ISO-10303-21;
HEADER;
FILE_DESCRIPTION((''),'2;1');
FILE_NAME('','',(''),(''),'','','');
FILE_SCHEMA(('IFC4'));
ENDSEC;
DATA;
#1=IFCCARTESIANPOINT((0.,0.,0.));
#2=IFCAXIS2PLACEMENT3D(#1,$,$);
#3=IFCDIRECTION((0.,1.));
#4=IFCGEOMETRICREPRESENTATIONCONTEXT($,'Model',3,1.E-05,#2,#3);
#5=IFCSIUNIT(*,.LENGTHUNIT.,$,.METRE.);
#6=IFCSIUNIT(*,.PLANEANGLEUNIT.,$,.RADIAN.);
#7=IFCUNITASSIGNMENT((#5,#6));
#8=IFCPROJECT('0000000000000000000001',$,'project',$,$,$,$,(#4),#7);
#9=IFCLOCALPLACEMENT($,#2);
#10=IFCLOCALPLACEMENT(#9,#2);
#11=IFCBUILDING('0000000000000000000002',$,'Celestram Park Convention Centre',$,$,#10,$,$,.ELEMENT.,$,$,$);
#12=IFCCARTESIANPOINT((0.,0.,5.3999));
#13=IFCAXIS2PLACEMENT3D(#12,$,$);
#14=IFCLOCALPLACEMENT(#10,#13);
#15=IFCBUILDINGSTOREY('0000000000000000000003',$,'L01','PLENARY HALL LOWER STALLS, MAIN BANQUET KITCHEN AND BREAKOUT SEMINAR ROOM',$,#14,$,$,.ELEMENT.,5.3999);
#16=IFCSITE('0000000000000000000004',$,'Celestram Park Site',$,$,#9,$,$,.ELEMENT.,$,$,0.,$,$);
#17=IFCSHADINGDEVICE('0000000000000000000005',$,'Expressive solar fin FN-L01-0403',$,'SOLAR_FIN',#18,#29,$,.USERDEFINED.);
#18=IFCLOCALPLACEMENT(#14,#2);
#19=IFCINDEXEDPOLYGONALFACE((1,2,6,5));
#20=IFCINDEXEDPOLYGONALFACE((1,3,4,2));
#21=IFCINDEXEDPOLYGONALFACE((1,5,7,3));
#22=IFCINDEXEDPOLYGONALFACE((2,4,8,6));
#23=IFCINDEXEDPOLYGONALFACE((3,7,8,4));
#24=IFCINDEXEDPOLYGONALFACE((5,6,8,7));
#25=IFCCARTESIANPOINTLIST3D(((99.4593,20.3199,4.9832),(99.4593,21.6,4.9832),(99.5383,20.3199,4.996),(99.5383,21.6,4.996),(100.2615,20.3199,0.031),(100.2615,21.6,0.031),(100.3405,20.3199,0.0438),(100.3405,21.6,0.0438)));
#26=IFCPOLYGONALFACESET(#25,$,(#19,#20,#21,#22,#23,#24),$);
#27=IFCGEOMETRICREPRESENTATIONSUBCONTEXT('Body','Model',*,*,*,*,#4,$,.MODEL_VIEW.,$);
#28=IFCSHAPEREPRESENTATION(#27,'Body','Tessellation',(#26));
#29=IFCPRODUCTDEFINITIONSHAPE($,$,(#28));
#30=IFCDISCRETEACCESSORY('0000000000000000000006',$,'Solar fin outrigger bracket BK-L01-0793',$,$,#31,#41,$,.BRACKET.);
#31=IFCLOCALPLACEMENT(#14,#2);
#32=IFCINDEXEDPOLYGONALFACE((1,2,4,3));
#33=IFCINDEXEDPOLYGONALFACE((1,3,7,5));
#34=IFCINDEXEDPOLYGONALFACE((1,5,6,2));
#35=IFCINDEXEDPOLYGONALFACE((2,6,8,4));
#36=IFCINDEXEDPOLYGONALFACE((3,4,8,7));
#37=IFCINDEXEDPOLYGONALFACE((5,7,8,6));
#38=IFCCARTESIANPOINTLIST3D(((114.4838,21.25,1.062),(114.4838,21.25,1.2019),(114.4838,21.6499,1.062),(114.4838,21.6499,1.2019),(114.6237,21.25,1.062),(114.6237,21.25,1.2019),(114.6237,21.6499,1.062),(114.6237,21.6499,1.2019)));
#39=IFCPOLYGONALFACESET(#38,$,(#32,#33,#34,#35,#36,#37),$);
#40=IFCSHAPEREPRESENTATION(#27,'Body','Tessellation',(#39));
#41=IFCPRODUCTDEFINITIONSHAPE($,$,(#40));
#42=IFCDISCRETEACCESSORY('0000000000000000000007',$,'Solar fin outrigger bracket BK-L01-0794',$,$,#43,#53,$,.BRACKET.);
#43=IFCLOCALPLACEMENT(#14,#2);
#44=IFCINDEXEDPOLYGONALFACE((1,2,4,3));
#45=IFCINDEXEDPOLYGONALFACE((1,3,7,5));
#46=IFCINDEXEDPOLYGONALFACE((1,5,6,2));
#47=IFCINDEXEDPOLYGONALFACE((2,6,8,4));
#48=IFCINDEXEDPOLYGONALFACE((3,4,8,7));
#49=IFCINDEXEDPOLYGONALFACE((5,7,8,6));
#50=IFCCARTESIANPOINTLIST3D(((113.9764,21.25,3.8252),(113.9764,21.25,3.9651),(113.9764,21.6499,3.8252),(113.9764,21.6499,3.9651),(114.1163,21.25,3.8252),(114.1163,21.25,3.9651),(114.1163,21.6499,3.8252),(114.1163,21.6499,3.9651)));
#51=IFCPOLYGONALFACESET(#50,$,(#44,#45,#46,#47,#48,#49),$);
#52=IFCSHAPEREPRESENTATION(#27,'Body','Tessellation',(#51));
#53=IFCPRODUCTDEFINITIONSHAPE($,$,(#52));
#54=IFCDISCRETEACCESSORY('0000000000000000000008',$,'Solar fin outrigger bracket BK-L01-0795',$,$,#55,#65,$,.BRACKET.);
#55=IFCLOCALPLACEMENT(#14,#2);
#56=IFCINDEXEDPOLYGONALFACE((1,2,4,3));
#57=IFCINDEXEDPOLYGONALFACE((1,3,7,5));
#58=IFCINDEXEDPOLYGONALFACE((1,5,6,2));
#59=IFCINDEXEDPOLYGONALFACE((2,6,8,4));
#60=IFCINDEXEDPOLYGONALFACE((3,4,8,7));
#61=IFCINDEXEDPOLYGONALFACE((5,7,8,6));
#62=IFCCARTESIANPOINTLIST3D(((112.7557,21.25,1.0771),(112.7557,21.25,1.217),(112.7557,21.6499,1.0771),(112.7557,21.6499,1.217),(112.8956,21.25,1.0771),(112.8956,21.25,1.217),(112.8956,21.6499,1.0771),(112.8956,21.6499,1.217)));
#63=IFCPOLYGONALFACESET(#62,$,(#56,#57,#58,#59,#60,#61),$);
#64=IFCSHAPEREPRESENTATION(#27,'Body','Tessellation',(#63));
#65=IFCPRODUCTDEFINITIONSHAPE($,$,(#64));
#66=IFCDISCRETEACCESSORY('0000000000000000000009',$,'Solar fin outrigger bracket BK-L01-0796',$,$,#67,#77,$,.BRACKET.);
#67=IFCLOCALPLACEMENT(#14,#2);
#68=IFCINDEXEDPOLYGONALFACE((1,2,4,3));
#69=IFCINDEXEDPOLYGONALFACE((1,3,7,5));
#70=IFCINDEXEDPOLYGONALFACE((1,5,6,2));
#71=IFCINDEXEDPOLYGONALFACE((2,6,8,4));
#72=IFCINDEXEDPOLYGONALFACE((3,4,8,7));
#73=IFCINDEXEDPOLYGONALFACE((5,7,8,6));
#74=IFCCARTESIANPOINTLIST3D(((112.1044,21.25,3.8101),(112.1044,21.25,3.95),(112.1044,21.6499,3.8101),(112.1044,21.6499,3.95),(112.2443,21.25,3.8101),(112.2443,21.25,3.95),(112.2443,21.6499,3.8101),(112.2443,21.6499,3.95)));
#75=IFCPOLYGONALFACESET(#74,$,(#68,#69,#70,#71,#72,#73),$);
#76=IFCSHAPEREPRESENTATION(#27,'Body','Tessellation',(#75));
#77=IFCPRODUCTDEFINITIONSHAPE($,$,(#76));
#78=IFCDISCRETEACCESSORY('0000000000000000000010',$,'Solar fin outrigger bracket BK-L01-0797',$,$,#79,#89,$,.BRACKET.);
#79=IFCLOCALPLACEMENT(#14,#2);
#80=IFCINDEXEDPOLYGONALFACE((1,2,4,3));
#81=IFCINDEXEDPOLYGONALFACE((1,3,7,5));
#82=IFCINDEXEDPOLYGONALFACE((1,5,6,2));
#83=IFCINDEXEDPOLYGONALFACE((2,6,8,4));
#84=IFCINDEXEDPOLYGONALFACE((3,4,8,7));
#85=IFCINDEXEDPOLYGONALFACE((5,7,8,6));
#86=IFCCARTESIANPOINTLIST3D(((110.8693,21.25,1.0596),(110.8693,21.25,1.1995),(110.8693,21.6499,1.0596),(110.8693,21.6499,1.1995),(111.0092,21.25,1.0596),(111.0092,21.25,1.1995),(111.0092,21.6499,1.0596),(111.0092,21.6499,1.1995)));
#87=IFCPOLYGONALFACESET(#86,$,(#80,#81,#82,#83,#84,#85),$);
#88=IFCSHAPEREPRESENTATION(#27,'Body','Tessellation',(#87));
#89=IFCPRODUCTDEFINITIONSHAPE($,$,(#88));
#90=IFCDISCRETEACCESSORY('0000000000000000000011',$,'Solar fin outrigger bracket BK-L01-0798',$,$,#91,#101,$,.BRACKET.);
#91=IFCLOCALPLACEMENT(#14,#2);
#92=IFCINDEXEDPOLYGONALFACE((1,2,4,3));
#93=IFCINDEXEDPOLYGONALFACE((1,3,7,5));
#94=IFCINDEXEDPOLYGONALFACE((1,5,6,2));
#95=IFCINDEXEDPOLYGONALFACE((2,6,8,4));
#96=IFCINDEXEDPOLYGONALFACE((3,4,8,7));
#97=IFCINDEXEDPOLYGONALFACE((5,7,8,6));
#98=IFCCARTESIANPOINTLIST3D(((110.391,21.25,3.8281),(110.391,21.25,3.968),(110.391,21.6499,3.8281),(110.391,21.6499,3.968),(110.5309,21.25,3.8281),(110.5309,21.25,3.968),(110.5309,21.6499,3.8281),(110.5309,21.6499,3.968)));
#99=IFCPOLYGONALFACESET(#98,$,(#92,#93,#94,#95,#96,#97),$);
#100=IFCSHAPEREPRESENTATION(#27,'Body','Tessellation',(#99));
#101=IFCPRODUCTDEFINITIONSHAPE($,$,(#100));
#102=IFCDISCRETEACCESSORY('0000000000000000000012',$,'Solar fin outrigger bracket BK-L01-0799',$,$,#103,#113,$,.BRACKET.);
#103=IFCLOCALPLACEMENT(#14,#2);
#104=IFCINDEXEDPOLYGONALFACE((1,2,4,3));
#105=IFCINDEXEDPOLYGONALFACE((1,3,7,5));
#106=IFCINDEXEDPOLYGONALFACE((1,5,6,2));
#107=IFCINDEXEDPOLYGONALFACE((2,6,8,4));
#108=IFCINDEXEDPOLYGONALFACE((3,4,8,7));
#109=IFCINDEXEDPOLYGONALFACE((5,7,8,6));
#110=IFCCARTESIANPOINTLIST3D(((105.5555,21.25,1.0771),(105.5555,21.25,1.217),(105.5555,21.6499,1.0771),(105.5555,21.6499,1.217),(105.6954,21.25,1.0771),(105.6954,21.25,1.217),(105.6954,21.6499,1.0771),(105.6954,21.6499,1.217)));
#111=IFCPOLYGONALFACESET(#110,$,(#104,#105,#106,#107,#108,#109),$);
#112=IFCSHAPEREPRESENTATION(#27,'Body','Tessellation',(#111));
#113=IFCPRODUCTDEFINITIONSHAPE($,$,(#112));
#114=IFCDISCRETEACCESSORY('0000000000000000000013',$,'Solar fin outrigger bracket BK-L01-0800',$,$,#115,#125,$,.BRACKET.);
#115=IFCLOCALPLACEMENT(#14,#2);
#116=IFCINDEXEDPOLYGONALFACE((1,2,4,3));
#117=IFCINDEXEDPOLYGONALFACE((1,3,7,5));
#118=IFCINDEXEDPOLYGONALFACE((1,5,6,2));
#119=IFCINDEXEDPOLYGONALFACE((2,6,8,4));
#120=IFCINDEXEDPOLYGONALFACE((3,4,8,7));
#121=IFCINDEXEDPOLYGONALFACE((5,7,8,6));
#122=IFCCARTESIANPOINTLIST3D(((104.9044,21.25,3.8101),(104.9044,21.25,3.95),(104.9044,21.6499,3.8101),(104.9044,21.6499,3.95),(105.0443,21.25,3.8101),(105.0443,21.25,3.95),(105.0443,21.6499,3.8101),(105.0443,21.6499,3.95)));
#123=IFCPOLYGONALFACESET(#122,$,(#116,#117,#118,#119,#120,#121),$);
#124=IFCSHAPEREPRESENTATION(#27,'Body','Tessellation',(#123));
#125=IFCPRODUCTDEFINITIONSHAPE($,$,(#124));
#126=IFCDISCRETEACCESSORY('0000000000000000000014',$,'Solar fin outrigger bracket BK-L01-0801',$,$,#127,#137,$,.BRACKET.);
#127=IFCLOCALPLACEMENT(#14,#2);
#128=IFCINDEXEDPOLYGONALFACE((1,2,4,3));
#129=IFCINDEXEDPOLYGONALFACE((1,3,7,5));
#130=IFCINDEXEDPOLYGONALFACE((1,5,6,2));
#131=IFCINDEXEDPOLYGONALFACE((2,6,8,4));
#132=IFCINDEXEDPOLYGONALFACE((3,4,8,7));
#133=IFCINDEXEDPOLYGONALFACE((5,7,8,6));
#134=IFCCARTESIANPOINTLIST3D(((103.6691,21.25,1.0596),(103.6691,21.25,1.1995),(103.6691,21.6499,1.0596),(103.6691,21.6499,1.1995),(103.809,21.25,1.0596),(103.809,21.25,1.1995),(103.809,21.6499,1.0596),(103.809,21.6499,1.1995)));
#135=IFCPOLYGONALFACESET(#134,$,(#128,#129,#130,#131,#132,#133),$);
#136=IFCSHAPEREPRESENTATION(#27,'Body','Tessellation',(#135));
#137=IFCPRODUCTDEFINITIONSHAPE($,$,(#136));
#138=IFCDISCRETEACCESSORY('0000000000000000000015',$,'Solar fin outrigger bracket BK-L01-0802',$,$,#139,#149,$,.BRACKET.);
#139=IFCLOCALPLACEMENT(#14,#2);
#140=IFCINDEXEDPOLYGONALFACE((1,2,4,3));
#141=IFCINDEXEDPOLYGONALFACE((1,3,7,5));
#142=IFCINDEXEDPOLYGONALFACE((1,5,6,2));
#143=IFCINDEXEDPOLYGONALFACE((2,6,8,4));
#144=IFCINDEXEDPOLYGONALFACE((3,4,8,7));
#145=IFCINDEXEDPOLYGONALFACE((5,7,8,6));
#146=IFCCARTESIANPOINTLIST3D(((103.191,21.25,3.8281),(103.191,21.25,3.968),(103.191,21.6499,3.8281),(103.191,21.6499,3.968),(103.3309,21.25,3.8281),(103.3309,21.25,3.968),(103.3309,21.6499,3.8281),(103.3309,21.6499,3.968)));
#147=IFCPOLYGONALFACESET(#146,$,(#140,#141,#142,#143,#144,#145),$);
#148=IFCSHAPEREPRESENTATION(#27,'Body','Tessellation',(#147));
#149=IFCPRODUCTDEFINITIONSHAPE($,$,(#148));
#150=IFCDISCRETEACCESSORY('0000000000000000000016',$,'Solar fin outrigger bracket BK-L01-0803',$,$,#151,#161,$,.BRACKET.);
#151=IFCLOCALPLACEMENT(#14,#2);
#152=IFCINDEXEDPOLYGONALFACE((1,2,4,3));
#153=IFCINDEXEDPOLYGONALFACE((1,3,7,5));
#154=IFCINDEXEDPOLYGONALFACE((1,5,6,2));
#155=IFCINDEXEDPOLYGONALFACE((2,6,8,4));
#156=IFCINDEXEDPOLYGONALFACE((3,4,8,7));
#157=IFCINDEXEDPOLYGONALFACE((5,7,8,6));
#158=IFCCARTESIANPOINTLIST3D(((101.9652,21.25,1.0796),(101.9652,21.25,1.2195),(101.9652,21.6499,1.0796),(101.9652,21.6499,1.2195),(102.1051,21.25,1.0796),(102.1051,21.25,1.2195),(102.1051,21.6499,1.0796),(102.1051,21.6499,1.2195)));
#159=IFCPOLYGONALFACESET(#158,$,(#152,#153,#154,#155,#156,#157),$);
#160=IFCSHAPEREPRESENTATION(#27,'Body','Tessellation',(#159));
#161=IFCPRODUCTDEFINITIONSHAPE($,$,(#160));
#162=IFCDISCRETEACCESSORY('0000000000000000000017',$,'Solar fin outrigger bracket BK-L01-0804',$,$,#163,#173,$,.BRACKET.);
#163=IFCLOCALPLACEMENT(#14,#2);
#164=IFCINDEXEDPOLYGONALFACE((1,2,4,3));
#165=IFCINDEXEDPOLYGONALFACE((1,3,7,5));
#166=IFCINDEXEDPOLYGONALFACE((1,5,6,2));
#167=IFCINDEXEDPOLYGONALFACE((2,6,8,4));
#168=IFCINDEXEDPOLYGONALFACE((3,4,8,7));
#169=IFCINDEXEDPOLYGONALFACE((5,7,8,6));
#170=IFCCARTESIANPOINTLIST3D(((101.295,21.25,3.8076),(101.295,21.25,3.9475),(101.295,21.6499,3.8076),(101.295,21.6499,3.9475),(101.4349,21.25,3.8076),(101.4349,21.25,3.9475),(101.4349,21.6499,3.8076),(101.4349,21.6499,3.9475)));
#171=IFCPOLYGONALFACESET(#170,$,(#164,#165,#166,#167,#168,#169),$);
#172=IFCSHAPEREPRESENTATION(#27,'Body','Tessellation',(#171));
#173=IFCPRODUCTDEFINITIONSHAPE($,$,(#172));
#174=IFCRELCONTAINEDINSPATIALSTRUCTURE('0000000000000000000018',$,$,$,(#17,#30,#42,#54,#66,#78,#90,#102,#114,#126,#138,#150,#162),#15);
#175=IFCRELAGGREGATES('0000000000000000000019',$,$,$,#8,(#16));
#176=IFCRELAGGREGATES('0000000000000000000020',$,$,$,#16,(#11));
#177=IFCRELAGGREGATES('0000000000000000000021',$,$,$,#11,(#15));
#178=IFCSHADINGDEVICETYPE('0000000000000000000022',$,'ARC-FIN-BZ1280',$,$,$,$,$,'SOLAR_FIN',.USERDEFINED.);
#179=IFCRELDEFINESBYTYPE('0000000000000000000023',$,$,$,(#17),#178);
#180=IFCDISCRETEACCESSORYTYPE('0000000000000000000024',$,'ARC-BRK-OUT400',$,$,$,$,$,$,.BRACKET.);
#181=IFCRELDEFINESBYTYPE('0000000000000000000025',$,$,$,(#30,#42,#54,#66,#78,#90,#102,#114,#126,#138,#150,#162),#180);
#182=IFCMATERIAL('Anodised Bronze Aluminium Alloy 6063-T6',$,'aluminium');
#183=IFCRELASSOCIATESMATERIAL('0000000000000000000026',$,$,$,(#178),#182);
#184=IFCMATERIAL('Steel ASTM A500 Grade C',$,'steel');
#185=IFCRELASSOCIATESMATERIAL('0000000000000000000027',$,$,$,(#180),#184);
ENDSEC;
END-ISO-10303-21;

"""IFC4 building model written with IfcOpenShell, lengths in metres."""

from ifc_helpers import new_model, si_unit, direction, frame, origin, origin_2d, place, context, subcontext, project, spatial, rectangle, extrude, material, material_profile, profile_set, type_object, element, save


model = new_model("IFC4")

# Units and contexts
model_context = context("Model", 3, precision=1e-05, world=origin(), true_north=direction((0.0, 1.0)))
body_context = subcontext(model_context, "Body", "Model", "MODEL_VIEW")
ifc_project = project(units=[si_unit("LENGTHUNIT", "METRE"), si_unit("PLANEANGLEUNIT", "RADIAN")], contexts=[model_context])

# Site, building, storey
site_placement = place(None, origin())
site = spatial("IfcSite", under=ifc_project, at=site_placement, Name="Celestram Park Site", CompositionType="ELEMENT", RefElevation=0.0)
building_placement = place(site_placement, origin())
building = spatial("IfcBuilding", under=site, at=building_placement, Name="Celestram Park Convention Centre", CompositionType="ELEMENT")
storey_placement = place(building_placement, frame((0.0, 0.0, 5.3999)))
storey = spatial("IfcBuildingStorey", under=building, at=storey_placement, Name="L01", Description="PLENARY HALL LOWER STALLS, MAIN BANQUET KITCHEN AND BREAKOUT SEMINAR ROOM", CompositionType="ELEMENT", Elevation=5.3999)

# Shared definitions
ifc_material_1 = material(Name="Steel ASTM A500 Grade C", Category="steel")

# Shading device
ifc_material_2 = material(Name="Anodised Bronze Aluminium Alloy 6063-T6", Category="aluminium")
ifc_material_profile_1 = material_profile(ifc_material_2, rectangle(XDim=1.28, YDim=0.0801, at=origin_2d()), Name="FIN1280X80")
ifc_profile_set_1 = profile_set([ifc_material_profile_1], Name="Anodised Bronze Aluminium Alloy 6063-T6")
shading_device_type = type_object("IfcShadingDeviceType", Name="ARC-FIN-BZ1280", ElementType="SOLAR_FIN", PredefinedType="USERDEFINED", material=ifc_profile_set_1)
shading_device_1_placement = place(storey_placement, frame((100.301, 20.96, 0.0374), z_axis=(-0.159907, 0.0, 0.987132), x_axis=(0.0, -1.0, 0.0)))
element("IfcShadingDevice", 1, at=shading_device_1_placement, inside=storey, type_object=shading_device_type, Name="Expressive solar fin FN-L01-0403", ObjectType="SOLAR_FIN", PredefinedType="USERDEFINED", context=body_context, shape_type="SweptSolid", body=[
    extrude(rectangle(XDim=1.28, YDim=0.0801, at=origin_2d()), origin(), (0.0, 0.0, 1.0), 5.0168),
])

# Discrete accessories
discrete_accessory_type = type_object("IfcDiscreteAccessoryType", Name="ARC-BRK-OUT400", PredefinedType="BRACKET", material=ifc_material_1)
for number, where, z_axis, x_axis, name in (
    (2, (114.5537, 21.45, 1.062), (0.0, 0.0, 1.0), (0.0, -1.0, 0.0), "Solar fin outrigger bracket BK-L01-0793"),
    (3, (114.0464, 21.45, 3.8252), (0.0, 0.0, 1.0), (0.0, -1.0, 0.0), "Solar fin outrigger bracket BK-L01-0794"),
    (4, (112.8257, 21.45, 1.0771), (0.0, 0.0, 1.0), (0.0, -1.0, 0.0), "Solar fin outrigger bracket BK-L01-0795"),
    (5, (112.1743, 21.45, 3.8101), (0.0, 0.0, 1.0), (0.0, -1.0, 0.0), "Solar fin outrigger bracket BK-L01-0796"),
    (6, (110.9392, 21.45, 1.0596), (0.0, 0.0, 1.0), (0.0, -1.0, 0.0), "Solar fin outrigger bracket BK-L01-0797"),
    (7, (110.4609, 21.45, 3.8281), (0.0, 0.0, 1.0), (0.0, -1.0, 0.0), "Solar fin outrigger bracket BK-L01-0798"),
    (8, (105.6255, 21.45, 1.0771), (0.0, 0.0, 1.0), (0.0, -1.0, 0.0), "Solar fin outrigger bracket BK-L01-0799"),
    (9, (104.9744, 21.45, 3.8101), (0.0, 0.0, 1.0), (0.0, -1.0, 0.0), "Solar fin outrigger bracket BK-L01-0800"),
    (10, (103.739, 21.45, 1.0596), (0.0, 0.0, 1.0), (0.0, -1.0, 0.0), "Solar fin outrigger bracket BK-L01-0801"),
    (11, (103.261, 21.45, 3.8281), (0.0, 0.0, 1.0), (0.0, -1.0, 0.0), "Solar fin outrigger bracket BK-L01-0802"),
    (12, (102.0352, 21.45, 1.0796), (0.0, 0.0, 1.0), (0.0, -1.0, 0.0), "Solar fin outrigger bracket BK-L01-0803"),
    (13, (101.365, 21.45, 3.8076), (0.0, 0.0, 1.0), (0.0, -1.0, 0.0), "Solar fin outrigger bracket BK-L01-0804"),
):
    element("IfcDiscreteAccessory", number, at=place(storey_placement, frame(where, z_axis=z_axis, x_axis=x_axis)), inside=storey, type_object=discrete_accessory_type, Name=name, PredefinedType="BRACKET", context=body_context, shape_type="SweptSolid", body=[
        extrude(rectangle(XDim=0.3999, YDim=0.1399, at=origin_2d()), origin(), (0.0, 0.0, 1.0), 0.1399),
    ])

save(model, "model.ifc")
